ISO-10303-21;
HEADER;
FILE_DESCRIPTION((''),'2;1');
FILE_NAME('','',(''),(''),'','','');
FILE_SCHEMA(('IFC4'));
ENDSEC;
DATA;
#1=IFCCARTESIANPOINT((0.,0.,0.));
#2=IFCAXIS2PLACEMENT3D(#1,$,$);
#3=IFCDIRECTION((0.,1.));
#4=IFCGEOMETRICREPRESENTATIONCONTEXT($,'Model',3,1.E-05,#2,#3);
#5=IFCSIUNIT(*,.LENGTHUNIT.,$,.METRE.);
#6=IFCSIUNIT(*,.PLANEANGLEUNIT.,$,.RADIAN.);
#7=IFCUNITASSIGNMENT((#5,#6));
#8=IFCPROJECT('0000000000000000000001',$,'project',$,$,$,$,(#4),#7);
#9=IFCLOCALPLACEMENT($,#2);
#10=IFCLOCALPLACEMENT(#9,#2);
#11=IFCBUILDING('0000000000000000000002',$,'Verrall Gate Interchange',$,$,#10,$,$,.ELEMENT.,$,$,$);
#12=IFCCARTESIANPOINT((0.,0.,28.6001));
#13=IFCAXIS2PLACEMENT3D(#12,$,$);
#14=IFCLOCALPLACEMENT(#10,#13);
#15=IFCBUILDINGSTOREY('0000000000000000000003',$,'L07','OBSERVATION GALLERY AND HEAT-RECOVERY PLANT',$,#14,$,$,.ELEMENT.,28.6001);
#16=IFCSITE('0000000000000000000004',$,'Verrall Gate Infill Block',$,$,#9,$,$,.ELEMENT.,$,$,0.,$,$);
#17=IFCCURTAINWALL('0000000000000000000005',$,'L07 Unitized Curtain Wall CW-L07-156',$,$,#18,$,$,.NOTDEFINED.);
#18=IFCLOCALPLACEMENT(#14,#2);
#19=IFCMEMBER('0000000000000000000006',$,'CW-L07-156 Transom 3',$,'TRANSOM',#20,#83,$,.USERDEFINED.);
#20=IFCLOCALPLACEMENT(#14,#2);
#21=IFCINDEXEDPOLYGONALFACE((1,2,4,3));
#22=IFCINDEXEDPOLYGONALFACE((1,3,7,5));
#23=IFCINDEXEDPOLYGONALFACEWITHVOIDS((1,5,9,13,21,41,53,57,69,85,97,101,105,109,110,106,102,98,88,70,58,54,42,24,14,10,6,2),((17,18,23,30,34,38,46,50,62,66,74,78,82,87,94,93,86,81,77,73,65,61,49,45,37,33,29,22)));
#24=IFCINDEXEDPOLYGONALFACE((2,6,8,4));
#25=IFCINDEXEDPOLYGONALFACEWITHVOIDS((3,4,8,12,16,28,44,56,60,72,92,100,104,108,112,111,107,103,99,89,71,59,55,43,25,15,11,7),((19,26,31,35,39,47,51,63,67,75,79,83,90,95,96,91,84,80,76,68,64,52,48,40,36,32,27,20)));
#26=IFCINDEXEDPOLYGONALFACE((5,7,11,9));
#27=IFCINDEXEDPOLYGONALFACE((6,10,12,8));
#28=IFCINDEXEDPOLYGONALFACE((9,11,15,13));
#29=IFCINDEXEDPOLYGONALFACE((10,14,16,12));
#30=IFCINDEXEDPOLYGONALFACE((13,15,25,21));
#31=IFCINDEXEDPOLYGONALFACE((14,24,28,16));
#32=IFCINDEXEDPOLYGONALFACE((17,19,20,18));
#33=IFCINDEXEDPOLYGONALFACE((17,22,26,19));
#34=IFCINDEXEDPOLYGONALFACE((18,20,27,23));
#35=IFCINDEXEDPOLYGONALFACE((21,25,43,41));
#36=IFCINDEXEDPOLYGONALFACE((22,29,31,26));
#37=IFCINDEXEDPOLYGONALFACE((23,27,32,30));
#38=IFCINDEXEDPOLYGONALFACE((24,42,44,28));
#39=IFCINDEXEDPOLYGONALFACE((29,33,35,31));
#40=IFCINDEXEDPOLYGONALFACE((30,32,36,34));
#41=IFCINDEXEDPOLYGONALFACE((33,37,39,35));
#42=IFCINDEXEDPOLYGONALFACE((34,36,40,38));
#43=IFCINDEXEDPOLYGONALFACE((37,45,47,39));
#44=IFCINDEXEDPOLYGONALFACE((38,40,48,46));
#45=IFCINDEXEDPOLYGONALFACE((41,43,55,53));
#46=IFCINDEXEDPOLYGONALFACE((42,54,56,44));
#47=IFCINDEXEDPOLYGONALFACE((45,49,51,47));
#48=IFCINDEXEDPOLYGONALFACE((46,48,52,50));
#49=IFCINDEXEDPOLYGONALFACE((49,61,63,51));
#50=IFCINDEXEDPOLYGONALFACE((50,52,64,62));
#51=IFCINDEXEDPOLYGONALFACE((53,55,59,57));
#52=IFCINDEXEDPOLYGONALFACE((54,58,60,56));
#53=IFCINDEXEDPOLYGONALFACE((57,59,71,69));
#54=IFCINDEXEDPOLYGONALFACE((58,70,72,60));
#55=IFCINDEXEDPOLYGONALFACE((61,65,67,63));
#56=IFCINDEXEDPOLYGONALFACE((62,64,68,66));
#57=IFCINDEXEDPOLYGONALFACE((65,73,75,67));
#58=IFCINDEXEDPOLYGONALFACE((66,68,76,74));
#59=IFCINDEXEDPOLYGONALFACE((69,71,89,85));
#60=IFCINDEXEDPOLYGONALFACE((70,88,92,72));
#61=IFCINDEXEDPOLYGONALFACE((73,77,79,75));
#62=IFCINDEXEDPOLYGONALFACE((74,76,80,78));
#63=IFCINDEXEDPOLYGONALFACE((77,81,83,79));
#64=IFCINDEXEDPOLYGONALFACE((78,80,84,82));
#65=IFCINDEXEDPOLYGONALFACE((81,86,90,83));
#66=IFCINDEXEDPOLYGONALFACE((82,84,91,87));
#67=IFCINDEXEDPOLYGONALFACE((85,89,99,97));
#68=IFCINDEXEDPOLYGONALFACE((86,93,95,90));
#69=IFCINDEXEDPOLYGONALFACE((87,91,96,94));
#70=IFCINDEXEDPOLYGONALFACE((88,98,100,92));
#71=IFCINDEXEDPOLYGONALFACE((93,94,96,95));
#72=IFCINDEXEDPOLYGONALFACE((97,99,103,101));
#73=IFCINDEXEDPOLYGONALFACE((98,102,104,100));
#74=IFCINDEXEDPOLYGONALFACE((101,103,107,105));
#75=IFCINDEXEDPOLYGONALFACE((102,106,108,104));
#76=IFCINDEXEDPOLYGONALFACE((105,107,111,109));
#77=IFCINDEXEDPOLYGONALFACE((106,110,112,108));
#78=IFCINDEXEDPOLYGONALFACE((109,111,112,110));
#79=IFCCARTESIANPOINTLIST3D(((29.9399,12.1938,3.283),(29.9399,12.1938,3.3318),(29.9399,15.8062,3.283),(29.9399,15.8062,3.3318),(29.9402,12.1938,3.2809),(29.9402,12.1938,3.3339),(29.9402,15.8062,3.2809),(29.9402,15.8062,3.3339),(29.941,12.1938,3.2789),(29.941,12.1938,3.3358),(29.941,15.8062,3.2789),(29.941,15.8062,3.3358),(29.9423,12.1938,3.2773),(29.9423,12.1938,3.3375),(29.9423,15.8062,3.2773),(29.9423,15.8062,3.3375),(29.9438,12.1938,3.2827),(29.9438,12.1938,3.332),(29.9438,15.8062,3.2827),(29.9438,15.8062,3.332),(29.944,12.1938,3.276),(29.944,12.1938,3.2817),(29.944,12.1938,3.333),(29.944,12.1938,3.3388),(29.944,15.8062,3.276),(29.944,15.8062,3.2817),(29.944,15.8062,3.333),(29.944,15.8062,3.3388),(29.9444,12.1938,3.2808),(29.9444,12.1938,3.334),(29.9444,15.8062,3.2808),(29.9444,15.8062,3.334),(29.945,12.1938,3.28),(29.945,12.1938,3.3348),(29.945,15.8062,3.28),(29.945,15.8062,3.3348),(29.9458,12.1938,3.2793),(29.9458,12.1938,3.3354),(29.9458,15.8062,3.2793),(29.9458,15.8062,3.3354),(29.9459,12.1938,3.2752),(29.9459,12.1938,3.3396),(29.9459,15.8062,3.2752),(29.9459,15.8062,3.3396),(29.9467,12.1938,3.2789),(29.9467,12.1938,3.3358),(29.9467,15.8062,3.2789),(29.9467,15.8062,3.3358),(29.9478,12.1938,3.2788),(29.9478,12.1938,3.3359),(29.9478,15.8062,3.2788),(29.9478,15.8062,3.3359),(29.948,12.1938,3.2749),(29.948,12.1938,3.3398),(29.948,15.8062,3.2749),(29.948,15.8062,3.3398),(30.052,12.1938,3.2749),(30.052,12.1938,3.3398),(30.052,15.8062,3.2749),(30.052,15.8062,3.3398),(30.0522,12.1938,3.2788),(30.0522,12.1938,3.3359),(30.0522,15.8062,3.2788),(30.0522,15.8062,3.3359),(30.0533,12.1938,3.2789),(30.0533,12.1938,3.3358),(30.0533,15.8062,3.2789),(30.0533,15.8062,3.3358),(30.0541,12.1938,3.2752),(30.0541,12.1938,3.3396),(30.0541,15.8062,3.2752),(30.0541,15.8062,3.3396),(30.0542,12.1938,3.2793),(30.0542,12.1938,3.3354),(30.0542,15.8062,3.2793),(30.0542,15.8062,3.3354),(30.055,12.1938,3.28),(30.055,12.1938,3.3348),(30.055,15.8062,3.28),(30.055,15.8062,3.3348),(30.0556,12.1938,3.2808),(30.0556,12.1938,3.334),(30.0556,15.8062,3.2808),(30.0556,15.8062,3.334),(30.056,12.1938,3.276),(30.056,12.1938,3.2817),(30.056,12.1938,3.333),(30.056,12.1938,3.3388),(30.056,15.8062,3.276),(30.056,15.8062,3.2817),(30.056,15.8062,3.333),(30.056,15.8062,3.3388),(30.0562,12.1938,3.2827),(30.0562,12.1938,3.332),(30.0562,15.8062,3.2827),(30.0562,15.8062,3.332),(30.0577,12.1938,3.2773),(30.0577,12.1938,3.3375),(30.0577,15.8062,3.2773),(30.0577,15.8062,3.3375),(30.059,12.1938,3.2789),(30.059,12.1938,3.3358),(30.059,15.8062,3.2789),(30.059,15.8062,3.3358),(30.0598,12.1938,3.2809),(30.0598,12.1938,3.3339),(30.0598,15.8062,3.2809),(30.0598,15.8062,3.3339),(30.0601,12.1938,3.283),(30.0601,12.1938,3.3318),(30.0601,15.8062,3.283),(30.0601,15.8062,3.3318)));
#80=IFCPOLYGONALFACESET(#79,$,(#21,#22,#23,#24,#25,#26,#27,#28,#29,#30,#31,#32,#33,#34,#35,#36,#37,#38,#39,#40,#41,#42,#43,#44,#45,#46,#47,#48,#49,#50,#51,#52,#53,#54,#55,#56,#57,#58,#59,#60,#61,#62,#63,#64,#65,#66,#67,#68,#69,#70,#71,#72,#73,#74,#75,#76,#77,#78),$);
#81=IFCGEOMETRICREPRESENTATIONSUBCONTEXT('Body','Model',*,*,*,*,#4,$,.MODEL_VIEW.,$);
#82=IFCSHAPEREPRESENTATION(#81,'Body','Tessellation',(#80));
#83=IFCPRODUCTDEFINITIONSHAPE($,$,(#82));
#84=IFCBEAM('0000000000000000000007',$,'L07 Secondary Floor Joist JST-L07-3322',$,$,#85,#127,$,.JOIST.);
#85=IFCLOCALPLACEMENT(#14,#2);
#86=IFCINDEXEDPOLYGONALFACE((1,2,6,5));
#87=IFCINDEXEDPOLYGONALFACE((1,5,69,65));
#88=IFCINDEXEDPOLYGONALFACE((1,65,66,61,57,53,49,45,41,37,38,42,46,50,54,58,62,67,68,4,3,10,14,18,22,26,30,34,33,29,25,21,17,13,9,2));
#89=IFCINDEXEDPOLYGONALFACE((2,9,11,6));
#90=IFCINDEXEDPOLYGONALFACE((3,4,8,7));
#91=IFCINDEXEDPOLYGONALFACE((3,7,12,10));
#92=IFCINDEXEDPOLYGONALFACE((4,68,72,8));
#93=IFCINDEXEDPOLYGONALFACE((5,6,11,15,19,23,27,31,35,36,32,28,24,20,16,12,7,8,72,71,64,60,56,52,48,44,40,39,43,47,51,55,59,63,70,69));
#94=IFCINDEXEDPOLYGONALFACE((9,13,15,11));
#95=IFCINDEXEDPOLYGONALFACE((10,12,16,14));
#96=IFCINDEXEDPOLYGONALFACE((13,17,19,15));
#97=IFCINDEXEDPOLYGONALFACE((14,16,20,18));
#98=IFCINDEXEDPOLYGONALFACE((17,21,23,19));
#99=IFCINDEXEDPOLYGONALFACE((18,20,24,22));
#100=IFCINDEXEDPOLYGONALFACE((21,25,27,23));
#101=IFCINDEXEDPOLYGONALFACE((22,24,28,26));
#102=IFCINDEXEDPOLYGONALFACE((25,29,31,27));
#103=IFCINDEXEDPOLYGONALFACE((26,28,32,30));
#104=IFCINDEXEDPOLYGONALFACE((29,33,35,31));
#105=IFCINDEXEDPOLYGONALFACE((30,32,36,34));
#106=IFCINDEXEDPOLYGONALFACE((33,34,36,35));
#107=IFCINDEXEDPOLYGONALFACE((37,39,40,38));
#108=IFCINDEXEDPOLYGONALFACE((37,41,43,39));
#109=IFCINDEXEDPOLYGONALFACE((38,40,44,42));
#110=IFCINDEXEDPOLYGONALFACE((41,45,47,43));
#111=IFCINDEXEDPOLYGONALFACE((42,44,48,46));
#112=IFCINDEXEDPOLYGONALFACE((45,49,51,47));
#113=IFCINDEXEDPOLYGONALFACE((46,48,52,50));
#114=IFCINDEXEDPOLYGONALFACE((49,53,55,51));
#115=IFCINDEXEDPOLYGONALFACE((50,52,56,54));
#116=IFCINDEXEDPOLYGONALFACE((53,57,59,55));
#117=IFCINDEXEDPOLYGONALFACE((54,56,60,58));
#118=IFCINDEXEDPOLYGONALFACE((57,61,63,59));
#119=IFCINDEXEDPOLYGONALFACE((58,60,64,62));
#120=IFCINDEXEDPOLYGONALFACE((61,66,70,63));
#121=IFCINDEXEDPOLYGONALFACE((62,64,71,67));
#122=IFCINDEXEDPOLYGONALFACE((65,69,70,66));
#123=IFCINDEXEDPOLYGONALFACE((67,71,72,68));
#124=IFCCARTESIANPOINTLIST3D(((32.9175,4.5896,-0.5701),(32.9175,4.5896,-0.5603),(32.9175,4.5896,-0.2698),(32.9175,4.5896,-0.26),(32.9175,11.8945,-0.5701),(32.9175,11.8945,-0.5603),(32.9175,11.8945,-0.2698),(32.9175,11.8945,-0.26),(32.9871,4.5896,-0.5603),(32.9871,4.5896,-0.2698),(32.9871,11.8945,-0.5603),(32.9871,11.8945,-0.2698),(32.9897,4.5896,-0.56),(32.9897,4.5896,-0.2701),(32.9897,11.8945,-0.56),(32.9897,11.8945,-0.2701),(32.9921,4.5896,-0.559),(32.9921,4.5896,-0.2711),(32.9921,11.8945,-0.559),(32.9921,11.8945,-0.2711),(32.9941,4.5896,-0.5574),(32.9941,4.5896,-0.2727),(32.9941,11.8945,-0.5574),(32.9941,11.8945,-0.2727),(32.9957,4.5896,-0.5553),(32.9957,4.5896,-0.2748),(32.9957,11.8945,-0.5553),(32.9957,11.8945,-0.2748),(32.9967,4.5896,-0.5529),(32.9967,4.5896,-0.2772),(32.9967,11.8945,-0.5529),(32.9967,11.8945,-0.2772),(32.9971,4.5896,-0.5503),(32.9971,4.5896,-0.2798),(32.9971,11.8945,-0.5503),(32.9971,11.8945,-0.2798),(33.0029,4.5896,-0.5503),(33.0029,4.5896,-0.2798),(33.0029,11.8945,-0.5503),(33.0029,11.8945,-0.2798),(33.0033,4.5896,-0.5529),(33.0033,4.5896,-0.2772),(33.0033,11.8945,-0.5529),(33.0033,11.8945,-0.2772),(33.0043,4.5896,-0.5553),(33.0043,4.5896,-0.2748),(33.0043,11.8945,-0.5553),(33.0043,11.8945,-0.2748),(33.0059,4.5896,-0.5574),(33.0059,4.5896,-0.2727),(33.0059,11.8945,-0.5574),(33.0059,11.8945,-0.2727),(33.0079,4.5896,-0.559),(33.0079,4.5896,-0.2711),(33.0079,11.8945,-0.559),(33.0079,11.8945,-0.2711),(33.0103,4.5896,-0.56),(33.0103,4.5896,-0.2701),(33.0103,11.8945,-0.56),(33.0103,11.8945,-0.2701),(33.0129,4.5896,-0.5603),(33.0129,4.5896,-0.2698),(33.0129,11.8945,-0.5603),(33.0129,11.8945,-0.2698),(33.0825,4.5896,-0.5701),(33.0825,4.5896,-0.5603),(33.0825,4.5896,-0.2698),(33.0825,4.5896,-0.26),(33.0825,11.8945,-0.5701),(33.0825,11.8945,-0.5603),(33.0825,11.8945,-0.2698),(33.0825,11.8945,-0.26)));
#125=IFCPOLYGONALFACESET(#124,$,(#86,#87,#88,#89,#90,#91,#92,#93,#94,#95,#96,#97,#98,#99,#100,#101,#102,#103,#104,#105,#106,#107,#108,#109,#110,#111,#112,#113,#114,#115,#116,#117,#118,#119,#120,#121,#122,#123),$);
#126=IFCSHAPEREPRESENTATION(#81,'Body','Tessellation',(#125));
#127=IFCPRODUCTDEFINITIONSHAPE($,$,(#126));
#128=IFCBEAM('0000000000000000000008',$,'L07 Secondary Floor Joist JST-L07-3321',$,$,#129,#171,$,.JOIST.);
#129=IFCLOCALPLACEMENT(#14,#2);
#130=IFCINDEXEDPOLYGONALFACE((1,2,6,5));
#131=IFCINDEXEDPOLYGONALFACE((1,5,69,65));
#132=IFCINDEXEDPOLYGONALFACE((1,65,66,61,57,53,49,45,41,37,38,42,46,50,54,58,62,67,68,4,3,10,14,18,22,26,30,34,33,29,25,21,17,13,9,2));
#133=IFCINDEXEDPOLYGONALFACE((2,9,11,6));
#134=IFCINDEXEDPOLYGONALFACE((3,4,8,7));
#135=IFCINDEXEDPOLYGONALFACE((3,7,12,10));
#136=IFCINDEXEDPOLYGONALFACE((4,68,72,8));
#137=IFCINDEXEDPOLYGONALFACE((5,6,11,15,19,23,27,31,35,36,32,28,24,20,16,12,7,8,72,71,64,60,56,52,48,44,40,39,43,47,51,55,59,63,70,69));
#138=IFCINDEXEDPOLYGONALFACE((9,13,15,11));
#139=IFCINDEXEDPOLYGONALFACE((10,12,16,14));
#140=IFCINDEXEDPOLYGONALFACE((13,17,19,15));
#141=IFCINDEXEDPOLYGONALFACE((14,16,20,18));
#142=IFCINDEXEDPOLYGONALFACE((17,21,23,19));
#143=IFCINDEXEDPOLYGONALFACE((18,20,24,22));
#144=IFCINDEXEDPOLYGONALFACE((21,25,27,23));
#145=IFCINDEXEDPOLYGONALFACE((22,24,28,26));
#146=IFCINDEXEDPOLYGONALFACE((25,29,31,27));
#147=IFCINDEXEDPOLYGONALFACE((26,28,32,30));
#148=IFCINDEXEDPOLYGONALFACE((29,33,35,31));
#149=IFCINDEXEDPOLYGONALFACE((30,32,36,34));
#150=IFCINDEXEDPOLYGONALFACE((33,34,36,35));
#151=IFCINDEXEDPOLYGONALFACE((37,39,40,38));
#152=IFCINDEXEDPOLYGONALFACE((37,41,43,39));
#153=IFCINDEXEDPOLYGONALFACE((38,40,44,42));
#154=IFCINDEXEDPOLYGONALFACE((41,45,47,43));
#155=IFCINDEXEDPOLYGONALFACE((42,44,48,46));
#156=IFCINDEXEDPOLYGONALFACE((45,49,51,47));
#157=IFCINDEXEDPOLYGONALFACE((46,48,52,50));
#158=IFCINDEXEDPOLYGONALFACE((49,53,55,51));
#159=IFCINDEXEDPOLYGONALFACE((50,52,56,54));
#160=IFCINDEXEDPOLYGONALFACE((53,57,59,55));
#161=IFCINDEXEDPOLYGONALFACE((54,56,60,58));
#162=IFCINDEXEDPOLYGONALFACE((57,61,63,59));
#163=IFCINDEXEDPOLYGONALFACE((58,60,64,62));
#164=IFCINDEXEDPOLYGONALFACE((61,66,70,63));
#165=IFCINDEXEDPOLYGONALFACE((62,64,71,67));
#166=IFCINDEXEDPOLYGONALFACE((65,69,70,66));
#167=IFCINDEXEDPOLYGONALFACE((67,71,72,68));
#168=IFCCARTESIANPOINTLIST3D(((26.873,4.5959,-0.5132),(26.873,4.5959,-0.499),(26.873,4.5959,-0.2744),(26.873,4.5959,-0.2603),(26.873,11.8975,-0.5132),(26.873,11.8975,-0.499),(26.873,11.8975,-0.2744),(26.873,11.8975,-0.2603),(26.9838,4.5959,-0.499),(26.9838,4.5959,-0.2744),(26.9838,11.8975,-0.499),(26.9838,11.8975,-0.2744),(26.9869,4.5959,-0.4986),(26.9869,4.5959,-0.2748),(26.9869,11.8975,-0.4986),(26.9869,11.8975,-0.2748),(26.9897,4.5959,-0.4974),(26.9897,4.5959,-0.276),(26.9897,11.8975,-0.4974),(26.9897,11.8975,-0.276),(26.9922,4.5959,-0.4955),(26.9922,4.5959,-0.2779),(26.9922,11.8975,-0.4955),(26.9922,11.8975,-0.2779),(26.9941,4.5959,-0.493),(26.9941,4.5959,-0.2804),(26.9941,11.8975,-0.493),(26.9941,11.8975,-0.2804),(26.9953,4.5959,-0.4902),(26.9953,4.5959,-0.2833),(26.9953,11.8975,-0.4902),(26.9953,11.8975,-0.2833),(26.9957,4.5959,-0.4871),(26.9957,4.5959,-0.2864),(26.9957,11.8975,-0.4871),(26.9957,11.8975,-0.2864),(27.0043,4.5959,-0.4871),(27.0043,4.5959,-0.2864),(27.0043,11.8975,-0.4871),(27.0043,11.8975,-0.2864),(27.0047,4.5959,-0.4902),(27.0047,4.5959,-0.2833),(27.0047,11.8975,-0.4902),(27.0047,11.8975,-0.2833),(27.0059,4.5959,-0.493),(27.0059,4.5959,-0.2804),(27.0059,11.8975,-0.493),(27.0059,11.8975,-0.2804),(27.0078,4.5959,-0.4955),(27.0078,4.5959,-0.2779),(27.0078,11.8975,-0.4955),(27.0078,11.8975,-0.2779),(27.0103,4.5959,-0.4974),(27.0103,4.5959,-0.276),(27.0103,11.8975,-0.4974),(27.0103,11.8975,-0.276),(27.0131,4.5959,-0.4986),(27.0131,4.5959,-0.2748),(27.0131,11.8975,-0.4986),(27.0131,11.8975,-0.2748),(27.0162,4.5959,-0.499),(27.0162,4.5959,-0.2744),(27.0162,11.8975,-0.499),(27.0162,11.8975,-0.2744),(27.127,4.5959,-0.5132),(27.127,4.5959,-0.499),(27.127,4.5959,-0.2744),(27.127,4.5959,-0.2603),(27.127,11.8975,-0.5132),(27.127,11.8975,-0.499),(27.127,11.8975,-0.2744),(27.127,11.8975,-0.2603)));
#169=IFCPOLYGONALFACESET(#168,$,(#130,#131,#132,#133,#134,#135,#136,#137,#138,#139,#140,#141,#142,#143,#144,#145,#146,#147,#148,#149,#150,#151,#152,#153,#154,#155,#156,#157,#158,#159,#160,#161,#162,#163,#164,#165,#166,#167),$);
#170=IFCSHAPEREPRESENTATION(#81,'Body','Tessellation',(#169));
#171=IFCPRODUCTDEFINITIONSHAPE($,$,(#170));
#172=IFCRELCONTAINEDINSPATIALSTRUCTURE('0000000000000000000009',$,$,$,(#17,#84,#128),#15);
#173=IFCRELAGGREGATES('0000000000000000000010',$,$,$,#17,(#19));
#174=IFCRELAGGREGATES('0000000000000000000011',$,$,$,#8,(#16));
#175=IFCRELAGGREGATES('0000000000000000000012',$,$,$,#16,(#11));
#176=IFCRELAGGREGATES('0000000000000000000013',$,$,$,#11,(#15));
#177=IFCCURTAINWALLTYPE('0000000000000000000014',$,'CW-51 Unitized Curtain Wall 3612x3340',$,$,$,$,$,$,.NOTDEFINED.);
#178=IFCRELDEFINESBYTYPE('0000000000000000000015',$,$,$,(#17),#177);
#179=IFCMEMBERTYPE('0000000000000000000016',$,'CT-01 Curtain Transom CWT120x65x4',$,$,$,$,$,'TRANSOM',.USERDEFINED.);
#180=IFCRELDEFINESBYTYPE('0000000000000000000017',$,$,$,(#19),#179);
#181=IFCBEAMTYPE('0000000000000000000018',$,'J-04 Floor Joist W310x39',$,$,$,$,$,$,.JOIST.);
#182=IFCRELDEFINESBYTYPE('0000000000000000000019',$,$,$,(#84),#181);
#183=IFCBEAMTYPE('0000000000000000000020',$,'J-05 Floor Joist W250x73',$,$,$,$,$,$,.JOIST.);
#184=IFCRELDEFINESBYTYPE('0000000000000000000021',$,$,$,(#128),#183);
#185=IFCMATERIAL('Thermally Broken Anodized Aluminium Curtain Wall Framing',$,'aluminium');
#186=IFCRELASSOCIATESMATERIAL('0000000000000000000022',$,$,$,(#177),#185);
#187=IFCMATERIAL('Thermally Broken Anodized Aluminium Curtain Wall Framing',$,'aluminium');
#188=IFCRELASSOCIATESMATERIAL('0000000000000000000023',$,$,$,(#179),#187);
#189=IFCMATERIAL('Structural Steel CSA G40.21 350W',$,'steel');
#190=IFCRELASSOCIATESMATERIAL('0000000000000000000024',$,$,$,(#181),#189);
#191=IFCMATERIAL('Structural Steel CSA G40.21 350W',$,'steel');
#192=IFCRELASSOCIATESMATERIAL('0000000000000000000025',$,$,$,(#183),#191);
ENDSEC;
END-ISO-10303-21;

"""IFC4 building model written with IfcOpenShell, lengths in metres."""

from ifc_helpers import new_model, si_unit, direction, frame, origin, origin_2d, place, context, subcontext, project, spatial, hollow_rectangle, i_section, extrude, material, material_profile, profile_set, type_object, element, aggregate, save


model = new_model("IFC4")

# Units and contexts
model_context = context("Model", 3, precision=1e-05, world=origin(), true_north=direction((0.0, 1.0)))
body_context = subcontext(model_context, "Body", "Model", "MODEL_VIEW")
ifc_project = project(units=[si_unit("LENGTHUNIT", "METRE"), si_unit("PLANEANGLEUNIT", "RADIAN")], contexts=[model_context])

# Site, building, storey
site_placement = place(None, origin())
site = spatial("IfcSite", under=ifc_project, at=site_placement, Name="Verrall Gate Infill Block", CompositionType="ELEMENT", RefElevation=0.0)
building_placement = place(site_placement, origin())
building = spatial("IfcBuilding", under=site, at=building_placement, Name="Verrall Gate Interchange", CompositionType="ELEMENT")
storey_placement = place(building_placement, frame((0.0, 0.0, 28.6001)))
storey = spatial("IfcBuildingStorey", under=building, at=storey_placement, Name="L07", Description="OBSERVATION GALLERY AND HEAT-RECOVERY PLANT", CompositionType="ELEMENT", Elevation=28.6001)

# Curtain wall
ifc_material_1 = material(Name="Thermally Broken Anodized Aluminium Curtain Wall Framing", Category="aluminium")
curtain_wall_type_1 = type_object("IfcCurtainWallType", Name="CW-51 Unitized Curtain Wall 3612x3340", PredefinedType="NOTDEFINED", material=ifc_material_1)
curtain_wall_1_placement = place(storey_placement, origin())
curtain_wall_1 = element("IfcCurtainWall", 1, at=curtain_wall_1_placement, inside=storey, type_object=curtain_wall_type_1, Name="L07 Unitized Curtain Wall CW-L07-156", PredefinedType="NOTDEFINED")

# Member
ifc_material_2 = material(Name="Thermally Broken Anodized Aluminium Curtain Wall Framing", Category="aluminium")
ifc_material_profile_1 = material_profile(ifc_material_2, hollow_rectangle(XDim=0.1201, YDim=0.0649, WallThickness=0.0039, InnerFilletRadius=0.0039, OuterFilletRadius=0.0081, at=origin_2d()), Name="CWT120x65x4")
ifc_profile_set_1 = profile_set([ifc_material_profile_1], Name="Thermally Broken Anodized Aluminium Curtain Wall Framing")
member_type_1 = type_object("IfcMemberType", Name="CT-01 Curtain Transom CWT120x65x4", ElementType="TRANSOM", PredefinedType="USERDEFINED", material=ifc_profile_set_1)
member_1_placement = place(storey_placement, frame((30.0, 12.1938, 3.3074), z_axis=(0.0, 1.0, 0.0), x_axis=(-1.0, 0.0, 0.0)))
member_1 = element("IfcMember", 2, at=member_1_placement, type_object=member_type_1, Name="CW-L07-156 Transom 3", ObjectType="TRANSOM", PredefinedType="USERDEFINED", context=body_context, shape_type="SweptSolid", body=[
    extrude(hollow_rectangle(XDim=0.1201, YDim=0.0649, WallThickness=0.0039, InnerFilletRadius=0.0039, OuterFilletRadius=0.0081, at=origin_2d()), origin(), (0.0, 0.0, 1.0), 3.6123),
])

# Beams
ifc_material_3 = material(Name="Structural Steel CSA G40.21 350W", Category="steel")
ifc_material_profile_2 = material_profile(ifc_material_3, i_section(OverallWidth=0.165, OverallDepth=0.3101, WebThickness=0.0059, FlangeThickness=0.0098, FilletRadius=0.01, at=origin_2d()), Name="W310x39")
ifc_profile_set_2 = profile_set([ifc_material_profile_2], Name="Structural Steel CSA G40.21 350W")
beam_type_1 = type_object("IfcBeamType", Name="J-04 Floor Joist W310x39", PredefinedType="JOIST", material=ifc_profile_set_2)
beam_1_placement = place(storey_placement, frame((33.0, 4.5896, -0.415), z_axis=(0.0, 1.0, 0.0), x_axis=(-1.0, 0.0, 0.0)))
element("IfcBeam", 3, at=beam_1_placement, inside=storey, type_object=beam_type_1, Name="L07 Secondary Floor Joist JST-L07-3322", PredefinedType="JOIST", context=body_context, shape_type="SweptSolid", body=[
    extrude(i_section(OverallWidth=0.165, OverallDepth=0.3101, WebThickness=0.0059, FlangeThickness=0.0098, FilletRadius=0.01, at=origin_2d()), origin(), (0.0, 0.0, 1.0), 7.3049),
])
ifc_material_4 = material(Name="Structural Steel CSA G40.21 350W", Category="steel")
ifc_material_profile_3 = material_profile(ifc_material_4, i_section(OverallWidth=0.2539, OverallDepth=0.2529, WebThickness=0.0085, FlangeThickness=0.0142, FilletRadius=0.012, at=origin_2d()), Name="W250x73")
ifc_profile_set_3 = profile_set([ifc_material_profile_3], Name="Structural Steel CSA G40.21 350W")
beam_type_2 = type_object("IfcBeamType", Name="J-05 Floor Joist W250x73", PredefinedType="JOIST", material=ifc_profile_set_3)
beam_2_placement = place(storey_placement, frame((27.0, 4.5959, -0.3867), z_axis=(0.0, 1.0, 0.0), x_axis=(-1.0, 0.0, 0.0)))
element("IfcBeam", 4, at=beam_2_placement, inside=storey, type_object=beam_type_2, Name="L07 Secondary Floor Joist JST-L07-3321", PredefinedType="JOIST", context=body_context, shape_type="SweptSolid", body=[
    extrude(i_section(OverallWidth=0.2539, OverallDepth=0.2529, WebThickness=0.0085, FlangeThickness=0.0142, FilletRadius=0.012, at=origin_2d()), origin(), (0.0, 0.0, 1.0), 7.3015),
])

aggregate(curtain_wall_1, [member_1])

save(model, "model.ifc")
